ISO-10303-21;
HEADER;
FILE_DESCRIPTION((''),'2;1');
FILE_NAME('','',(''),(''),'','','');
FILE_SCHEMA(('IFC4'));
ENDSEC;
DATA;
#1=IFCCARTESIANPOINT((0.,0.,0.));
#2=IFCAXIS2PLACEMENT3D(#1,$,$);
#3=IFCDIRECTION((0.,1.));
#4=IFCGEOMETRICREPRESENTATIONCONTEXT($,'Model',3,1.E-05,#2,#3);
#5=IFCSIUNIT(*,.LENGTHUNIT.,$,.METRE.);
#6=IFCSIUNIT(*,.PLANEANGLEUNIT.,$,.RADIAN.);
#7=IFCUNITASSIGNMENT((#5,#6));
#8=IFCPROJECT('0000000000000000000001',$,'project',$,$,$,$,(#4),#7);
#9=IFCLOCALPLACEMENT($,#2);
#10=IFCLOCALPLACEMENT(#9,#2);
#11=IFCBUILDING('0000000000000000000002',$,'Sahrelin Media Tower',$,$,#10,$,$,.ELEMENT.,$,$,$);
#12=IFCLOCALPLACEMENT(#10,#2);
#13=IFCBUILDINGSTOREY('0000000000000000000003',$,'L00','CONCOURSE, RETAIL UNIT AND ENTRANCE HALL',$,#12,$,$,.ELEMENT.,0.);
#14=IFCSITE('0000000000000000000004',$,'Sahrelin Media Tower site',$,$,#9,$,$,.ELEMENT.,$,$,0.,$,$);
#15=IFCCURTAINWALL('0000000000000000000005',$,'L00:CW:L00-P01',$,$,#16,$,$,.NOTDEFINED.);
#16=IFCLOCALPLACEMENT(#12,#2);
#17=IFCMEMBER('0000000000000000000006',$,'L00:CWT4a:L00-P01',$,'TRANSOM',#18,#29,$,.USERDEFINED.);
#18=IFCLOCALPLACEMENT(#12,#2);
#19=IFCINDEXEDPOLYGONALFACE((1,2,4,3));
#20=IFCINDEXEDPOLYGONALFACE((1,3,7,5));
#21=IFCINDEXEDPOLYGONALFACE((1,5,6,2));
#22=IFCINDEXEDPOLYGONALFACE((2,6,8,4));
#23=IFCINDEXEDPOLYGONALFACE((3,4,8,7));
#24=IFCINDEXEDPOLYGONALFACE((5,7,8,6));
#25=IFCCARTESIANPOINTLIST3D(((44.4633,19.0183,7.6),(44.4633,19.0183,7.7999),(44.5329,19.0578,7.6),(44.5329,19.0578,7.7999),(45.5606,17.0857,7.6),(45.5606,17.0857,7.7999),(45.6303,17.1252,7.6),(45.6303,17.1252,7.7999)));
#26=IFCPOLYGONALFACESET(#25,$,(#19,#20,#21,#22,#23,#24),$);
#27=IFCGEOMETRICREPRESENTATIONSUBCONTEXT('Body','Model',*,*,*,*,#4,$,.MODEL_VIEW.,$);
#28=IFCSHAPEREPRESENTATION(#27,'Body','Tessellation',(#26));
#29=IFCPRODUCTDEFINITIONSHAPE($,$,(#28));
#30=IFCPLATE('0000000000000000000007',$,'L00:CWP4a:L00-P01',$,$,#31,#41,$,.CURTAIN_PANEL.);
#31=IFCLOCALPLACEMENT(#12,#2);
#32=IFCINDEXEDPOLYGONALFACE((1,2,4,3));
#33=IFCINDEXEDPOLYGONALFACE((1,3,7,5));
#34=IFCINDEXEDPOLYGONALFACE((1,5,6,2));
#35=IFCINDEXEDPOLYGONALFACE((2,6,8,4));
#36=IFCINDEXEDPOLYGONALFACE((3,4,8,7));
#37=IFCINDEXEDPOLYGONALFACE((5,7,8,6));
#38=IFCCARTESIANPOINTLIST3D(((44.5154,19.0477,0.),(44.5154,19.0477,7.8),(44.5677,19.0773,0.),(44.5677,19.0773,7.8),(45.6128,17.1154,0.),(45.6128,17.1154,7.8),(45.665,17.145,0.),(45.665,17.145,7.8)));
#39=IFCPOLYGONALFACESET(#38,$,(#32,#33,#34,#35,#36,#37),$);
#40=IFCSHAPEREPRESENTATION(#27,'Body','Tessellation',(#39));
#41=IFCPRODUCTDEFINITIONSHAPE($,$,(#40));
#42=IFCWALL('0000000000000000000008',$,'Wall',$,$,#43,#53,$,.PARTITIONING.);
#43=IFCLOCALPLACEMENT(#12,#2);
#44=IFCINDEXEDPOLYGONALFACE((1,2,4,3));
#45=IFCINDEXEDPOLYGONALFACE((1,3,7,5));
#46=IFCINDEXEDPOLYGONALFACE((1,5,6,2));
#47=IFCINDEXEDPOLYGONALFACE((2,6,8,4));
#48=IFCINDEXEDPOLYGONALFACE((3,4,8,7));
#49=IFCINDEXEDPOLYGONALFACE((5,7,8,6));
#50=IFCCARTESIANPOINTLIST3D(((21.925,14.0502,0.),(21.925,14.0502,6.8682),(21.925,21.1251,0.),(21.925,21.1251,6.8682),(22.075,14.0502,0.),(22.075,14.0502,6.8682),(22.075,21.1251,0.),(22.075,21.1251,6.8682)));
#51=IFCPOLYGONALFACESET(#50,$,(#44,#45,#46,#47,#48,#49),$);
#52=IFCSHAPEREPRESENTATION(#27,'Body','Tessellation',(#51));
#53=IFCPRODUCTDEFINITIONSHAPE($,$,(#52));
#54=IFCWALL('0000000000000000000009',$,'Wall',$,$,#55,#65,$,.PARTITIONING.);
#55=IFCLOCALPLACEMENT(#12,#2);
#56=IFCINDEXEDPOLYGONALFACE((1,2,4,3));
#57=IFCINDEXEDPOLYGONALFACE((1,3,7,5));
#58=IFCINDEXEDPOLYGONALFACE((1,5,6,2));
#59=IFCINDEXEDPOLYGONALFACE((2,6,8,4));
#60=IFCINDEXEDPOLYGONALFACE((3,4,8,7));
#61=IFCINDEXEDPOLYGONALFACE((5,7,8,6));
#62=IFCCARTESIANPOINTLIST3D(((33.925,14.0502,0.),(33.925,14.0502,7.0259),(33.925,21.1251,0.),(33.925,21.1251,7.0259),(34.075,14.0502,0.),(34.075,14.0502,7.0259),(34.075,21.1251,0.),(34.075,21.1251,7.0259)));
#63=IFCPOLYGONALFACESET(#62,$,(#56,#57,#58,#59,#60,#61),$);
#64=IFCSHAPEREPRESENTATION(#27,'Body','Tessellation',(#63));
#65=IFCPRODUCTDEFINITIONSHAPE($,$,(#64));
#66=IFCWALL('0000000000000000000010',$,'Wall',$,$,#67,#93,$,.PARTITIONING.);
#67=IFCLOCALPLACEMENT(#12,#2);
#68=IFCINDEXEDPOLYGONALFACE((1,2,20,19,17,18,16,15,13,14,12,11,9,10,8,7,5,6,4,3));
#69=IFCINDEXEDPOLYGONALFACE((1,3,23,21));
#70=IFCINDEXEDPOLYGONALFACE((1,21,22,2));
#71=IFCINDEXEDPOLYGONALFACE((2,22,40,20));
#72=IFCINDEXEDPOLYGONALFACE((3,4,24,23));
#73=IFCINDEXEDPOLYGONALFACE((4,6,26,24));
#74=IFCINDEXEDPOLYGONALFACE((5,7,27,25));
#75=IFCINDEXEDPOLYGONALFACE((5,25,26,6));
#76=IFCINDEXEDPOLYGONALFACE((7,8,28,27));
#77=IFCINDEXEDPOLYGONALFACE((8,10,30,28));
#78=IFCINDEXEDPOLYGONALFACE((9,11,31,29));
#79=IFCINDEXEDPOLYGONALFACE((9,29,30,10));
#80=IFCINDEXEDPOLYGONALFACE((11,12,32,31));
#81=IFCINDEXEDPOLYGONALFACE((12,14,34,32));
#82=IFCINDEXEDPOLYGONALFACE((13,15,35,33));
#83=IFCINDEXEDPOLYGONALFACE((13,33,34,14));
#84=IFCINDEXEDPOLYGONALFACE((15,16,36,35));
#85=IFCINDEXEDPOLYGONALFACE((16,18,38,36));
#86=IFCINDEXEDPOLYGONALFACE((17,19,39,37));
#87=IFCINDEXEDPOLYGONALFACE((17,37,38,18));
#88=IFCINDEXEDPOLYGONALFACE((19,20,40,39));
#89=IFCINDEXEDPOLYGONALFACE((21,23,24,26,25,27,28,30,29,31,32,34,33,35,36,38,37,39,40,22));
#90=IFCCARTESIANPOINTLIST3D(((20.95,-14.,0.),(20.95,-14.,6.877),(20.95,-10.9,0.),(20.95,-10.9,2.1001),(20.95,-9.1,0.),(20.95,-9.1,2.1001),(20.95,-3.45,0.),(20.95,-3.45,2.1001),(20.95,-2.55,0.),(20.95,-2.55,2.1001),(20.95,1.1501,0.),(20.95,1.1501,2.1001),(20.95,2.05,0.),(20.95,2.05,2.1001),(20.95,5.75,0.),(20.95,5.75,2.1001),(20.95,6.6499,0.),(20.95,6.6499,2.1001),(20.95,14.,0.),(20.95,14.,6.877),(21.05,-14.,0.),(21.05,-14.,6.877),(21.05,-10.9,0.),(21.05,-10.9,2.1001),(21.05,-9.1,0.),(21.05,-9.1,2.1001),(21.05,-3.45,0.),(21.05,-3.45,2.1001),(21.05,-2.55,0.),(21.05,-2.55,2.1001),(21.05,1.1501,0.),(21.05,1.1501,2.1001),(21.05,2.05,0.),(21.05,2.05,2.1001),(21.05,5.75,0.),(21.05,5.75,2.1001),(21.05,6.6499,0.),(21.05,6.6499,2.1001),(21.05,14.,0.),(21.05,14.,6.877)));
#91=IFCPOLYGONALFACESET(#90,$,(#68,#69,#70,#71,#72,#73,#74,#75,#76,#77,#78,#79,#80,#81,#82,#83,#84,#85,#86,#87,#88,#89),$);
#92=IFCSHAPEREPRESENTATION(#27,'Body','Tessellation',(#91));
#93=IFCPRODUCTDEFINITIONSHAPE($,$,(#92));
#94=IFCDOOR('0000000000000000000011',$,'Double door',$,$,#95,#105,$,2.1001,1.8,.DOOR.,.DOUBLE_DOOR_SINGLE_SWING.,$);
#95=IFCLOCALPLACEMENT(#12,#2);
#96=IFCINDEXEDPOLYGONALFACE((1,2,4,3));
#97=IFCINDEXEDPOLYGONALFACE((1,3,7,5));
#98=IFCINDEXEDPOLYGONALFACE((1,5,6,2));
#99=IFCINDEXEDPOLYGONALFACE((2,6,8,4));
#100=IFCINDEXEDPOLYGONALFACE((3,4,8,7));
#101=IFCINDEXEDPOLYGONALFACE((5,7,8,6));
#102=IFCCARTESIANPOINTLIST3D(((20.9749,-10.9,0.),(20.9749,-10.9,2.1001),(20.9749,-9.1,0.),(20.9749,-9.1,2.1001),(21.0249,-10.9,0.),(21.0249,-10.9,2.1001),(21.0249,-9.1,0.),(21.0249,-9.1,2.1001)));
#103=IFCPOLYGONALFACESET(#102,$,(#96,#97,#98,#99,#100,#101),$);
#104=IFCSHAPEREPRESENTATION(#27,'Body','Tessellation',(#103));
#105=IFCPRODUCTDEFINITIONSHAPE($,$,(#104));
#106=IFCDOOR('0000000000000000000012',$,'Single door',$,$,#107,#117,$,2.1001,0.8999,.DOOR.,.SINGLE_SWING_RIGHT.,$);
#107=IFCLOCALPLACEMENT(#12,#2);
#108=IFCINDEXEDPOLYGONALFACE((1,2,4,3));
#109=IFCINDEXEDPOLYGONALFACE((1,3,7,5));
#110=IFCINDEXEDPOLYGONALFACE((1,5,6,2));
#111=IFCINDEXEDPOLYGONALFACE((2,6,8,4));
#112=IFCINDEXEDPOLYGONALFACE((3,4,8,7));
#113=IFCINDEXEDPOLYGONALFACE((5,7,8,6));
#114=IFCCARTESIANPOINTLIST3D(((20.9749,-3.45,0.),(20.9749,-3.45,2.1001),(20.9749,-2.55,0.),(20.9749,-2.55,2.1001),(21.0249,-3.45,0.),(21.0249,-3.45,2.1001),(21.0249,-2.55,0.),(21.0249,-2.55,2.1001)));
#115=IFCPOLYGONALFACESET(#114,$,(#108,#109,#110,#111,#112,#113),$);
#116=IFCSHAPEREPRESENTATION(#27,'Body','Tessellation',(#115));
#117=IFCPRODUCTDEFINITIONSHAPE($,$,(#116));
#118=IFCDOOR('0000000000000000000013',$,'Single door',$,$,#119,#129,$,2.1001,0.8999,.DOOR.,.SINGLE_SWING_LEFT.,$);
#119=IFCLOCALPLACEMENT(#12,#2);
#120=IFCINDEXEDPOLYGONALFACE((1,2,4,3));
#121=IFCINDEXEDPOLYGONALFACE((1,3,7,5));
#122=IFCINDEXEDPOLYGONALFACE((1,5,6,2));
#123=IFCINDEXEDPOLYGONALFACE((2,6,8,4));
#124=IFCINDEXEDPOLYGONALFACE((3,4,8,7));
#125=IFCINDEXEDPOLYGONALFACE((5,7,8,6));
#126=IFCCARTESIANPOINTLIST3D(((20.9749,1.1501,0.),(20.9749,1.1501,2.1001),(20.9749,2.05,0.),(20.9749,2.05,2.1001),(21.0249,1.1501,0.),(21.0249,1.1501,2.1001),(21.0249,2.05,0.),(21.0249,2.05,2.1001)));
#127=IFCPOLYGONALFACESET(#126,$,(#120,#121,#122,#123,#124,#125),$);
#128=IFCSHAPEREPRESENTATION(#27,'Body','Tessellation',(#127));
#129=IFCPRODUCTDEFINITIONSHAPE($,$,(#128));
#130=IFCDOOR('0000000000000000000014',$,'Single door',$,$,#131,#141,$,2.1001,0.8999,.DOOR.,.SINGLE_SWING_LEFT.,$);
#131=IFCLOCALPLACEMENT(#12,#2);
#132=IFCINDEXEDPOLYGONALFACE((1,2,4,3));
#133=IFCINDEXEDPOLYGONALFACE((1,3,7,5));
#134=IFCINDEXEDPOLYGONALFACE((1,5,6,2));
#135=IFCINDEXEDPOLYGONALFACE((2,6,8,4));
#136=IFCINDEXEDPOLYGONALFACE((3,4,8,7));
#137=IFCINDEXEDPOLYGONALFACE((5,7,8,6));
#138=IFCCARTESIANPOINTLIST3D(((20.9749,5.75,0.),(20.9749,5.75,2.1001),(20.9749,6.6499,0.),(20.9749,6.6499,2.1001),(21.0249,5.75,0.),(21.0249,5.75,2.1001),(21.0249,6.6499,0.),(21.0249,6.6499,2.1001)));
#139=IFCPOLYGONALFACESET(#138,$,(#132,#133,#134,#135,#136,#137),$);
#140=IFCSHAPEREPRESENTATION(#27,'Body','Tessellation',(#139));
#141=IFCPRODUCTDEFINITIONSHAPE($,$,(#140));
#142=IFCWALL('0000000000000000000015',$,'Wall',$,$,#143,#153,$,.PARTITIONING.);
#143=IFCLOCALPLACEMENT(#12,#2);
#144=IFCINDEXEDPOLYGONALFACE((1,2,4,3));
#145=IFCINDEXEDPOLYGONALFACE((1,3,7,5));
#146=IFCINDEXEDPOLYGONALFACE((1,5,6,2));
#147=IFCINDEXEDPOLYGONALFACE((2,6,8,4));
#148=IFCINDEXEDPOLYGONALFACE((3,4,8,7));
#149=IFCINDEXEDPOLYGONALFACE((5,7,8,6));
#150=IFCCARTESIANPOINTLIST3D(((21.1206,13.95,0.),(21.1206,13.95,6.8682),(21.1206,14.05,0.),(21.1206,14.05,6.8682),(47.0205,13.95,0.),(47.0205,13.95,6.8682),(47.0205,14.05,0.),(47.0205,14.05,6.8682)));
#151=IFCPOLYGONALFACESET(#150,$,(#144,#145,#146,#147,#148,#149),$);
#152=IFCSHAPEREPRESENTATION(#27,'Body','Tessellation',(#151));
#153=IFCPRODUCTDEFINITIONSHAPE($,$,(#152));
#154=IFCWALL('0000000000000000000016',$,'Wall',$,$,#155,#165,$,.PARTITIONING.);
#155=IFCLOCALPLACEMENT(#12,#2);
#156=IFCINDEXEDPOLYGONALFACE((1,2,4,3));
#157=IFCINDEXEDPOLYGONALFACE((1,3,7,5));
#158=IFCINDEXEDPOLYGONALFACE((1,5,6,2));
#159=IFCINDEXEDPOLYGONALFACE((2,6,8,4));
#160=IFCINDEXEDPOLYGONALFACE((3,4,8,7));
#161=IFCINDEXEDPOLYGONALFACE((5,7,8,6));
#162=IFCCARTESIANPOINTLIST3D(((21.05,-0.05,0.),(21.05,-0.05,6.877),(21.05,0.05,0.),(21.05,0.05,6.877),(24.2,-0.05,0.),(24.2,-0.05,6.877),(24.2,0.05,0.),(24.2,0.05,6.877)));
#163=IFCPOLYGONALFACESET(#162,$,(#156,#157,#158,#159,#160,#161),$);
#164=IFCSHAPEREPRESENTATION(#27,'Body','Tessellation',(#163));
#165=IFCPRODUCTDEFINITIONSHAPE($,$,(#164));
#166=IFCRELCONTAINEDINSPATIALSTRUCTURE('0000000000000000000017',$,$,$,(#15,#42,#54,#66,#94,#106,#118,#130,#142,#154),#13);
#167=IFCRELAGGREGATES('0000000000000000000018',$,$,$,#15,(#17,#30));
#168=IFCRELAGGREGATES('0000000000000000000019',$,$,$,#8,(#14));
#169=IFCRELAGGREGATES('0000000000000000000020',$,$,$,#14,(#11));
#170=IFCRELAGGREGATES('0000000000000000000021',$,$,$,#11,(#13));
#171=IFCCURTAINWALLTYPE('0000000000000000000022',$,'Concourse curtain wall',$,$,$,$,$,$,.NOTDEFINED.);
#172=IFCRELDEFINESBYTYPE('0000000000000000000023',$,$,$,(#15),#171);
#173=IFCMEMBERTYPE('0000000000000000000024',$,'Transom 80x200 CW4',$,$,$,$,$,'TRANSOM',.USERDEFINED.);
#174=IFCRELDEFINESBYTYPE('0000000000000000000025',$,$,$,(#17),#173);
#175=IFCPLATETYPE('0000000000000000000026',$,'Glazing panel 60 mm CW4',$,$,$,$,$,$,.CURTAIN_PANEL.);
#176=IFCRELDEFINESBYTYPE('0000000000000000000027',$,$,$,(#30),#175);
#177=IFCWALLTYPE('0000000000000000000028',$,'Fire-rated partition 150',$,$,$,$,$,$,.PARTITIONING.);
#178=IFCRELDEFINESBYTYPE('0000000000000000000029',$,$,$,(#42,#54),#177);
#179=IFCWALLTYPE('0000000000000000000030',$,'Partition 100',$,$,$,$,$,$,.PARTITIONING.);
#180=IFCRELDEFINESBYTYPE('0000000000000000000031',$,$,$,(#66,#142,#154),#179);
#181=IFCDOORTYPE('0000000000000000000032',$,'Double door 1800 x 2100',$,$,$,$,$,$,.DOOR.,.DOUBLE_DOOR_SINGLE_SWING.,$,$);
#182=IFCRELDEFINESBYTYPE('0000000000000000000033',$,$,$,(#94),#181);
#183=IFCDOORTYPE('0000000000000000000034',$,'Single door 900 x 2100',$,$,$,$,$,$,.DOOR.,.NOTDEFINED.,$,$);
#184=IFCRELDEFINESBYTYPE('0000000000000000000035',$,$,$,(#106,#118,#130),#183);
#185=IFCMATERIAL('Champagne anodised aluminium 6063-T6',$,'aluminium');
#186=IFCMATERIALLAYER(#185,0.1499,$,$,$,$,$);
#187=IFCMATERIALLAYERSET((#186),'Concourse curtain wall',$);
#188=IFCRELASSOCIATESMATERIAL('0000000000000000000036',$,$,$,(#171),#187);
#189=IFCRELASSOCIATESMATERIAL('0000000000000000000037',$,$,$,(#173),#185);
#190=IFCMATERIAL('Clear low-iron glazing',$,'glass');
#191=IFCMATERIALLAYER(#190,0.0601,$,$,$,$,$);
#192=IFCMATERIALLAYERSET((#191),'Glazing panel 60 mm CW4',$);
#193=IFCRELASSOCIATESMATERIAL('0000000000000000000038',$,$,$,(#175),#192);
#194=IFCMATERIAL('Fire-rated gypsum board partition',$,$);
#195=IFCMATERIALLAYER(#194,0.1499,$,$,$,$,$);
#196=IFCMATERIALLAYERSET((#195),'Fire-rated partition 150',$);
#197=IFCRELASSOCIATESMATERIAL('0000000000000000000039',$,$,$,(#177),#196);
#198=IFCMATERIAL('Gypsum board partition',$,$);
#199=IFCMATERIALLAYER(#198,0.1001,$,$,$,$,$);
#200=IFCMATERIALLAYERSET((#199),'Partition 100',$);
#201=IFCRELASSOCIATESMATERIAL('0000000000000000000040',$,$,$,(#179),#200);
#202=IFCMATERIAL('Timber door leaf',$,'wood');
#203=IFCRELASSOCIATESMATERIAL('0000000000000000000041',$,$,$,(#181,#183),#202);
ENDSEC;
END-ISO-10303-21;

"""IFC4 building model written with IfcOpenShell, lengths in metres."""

from ifc_helpers import new_model, si_unit, direction, frame, frame_2d, origin, origin_2d, place, context, subcontext, project, spatial, polyline, rectangle, outline, extrude, material, layer, layer_set, material_profile, profile_set, type_object, element, fill, aggregate, save


model = new_model("IFC4")

# Units and contexts
model_context = context("Model", 3, precision=1e-05, world=origin(), true_north=direction((0.0, 1.0)))
body_context = subcontext(model_context, "Body", "Model", "MODEL_VIEW")
ifc_project = project(units=[si_unit("LENGTHUNIT", "METRE"), si_unit("PLANEANGLEUNIT", "RADIAN")], contexts=[model_context])

# Site, building, storey
site_placement = place(None, origin())
site = spatial("IfcSite", under=ifc_project, at=site_placement, Name="Sahrelin Media Tower site", CompositionType="ELEMENT", RefElevation=0.0)
building_placement = place(site_placement, origin())
building = spatial("IfcBuilding", under=site, at=building_placement, Name="Sahrelin Media Tower", CompositionType="ELEMENT")
storey_placement = place(building_placement, origin())
storey = spatial("IfcBuildingStorey", under=building, at=storey_placement, Name="L00", Description="CONCOURSE, RETAIL UNIT AND ENTRANCE HALL", CompositionType="ELEMENT", Elevation=0.0)

# Curtain wall
ifc_material_1 = material(Name="Champagne anodised aluminium 6063-T6", Category="aluminium")
ifc_layer_1 = layer(ifc_material_1, 0.1499)
ifc_layer_set_1 = layer_set([ifc_layer_1], Name="Concourse curtain wall")
curtain_wall_type = type_object("IfcCurtainWallType", Name="Concourse curtain wall", PredefinedType="NOTDEFINED", material=ifc_layer_set_1)
curtain_wall_placement = place(storey_placement, frame((48.2964, 10.8704, 0.0), z_axis=(0.0, 0.0, 1.0), x_axis=(1.0, 0.0, 0.0)))
curtain_wall = element("IfcCurtainWall", 1, at=curtain_wall_placement, inside=storey, type_object=curtain_wall_type, Name="L00:CW:L00-P01", PredefinedType="NOTDEFINED")

# Member
ifc_material_profile_1 = material_profile(ifc_material_1, rectangle(XDim=0.0801, YDim=0.2, at=origin_2d()), Name="Transom 80x200")
ifc_profile_set_1 = profile_set([ifc_material_profile_1], Name="Champagne anodised aluminium 6063-T6")
member_type_1 = type_object("IfcMemberType", Name="Transom 80x200 CW4", ElementType="TRANSOM", PredefinedType="USERDEFINED", material=ifc_profile_set_1)
member_1_placement = place(storey_placement, frame((45.5955, 17.1055, 7.7), z_axis=(-0.493783, 0.869585, 0.0), x_axis=(-0.869585, -0.493783, 0.0)))
member_1 = element("IfcMember", 2, at=member_1_placement, type_object=member_type_1, Name="L00:CWT4a:L00-P01", ObjectType="TRANSOM", PredefinedType="USERDEFINED", context=body_context, shape_type="SweptSolid", body=[
    extrude(rectangle(XDim=0.0801, YDim=0.2, at=origin_2d()), origin(), (0.0, 0.0, 1.0), 2.2224),
])

# Plate
ifc_material_2 = material(Name="Clear low-iron glazing", Category="glass")
ifc_layer_2 = layer(ifc_material_2, 0.0601)
ifc_layer_set_2 = layer_set([ifc_layer_2], Name="Glazing panel 60 mm CW4")
plate_type = type_object("IfcPlateType", Name="Glazing panel 60 mm CW4", PredefinedType="CURTAIN_PANEL", material=ifc_layer_set_2)
plate_placement = place(storey_placement, frame((45.665, 17.145, 0.0), z_axis=(0.869558, 0.49383, 0.0), x_axis=(-0.49383, 0.869558, 0.0)))
plate = element("IfcPlate", 3, at=plate_placement, type_object=plate_type, Name="L00:CWP4a:L00-P01", PredefinedType="CURTAIN_PANEL", context=body_context, shape_type="SweptSolid", body=[
    extrude(outline(polyline([(0.0, 0.0), (2.2222, 0.0), (2.2222, 7.8), (0.0, 7.8), (0.0, 0.0)])), origin(), (0.0, 0.0, -1.0), 0.0601),
])
aggregate(curtain_wall, [member_1, plate])

# Walls
ifc_material_3 = material(Name="Fire-rated gypsum board partition")
ifc_layer_3 = layer(ifc_material_3, 0.1499)
ifc_layer_set_3 = layer_set([ifc_layer_3], Name="Fire-rated partition 150")
wall_type_1 = type_object("IfcWallType", Name="Fire-rated partition 150", PredefinedType="PARTITIONING", material=ifc_layer_set_3)
wall_1_placement = place(storey_placement, frame((22.0, 14.05, 0.0), z_axis=(0.0, 0.0, 1.0), x_axis=(0.0, 1.0, 0.0)))
element("IfcWall", 4, at=wall_1_placement, inside=storey, type_object=wall_type_1, Name="Wall", PredefinedType="PARTITIONING", context=body_context, shape_type="SweptSolid", body=[
    extrude(rectangle(XDim=7.075, YDim=0.1499, at=frame_2d((3.5376, 0.0))), origin(), (0.0, 0.0, 1.0), 6.8682),
])
wall_2_placement = place(storey_placement, frame((34.0, 14.05, 0.0), z_axis=(0.0, 0.0, 1.0), x_axis=(0.0, 1.0, 0.0)))
element("IfcWall", 5, at=wall_2_placement, inside=storey, type_object=wall_type_1, Name="Wall", PredefinedType="PARTITIONING", context=body_context, shape_type="SweptSolid", body=[
    extrude(rectangle(XDim=7.075, YDim=0.1499, at=frame_2d((3.5376, 0.0))), origin(), (0.0, 0.0, 1.0), 7.0259),
])

# Wall, openings, doors
ifc_material_4 = material(Name="Gypsum board partition")
ifc_layer_4 = layer(ifc_material_4, 0.1001)
ifc_layer_set_4 = layer_set([ifc_layer_4], Name="Partition 100")
wall_type_2 = type_object("IfcWallType", Name="Partition 100", PredefinedType="PARTITIONING", material=ifc_layer_set_4)
wall_3_placement = place(storey_placement, frame((21.0, 14.0, 0.0), z_axis=(0.0, 0.0, 1.0), x_axis=(0.0, -1.0, 0.0)))
wall_3 = element("IfcWall", 6, at=wall_3_placement, inside=storey, type_object=wall_type_2, Name="Wall", PredefinedType="PARTITIONING", context=body_context, shape_type="SweptSolid", body=[
    extrude(rectangle(XDim=28.0, YDim=0.1001, at=frame_2d((14.0, 0.0))), origin(), (0.0, 0.0, 1.0), 6.877),
])
opening_1_placement = place(wall_3_placement, frame((23.1001, 0.0, 0.0)))
opening_1 = element("IfcOpeningElement", 7, at=opening_1_placement, cuts=wall_3, PredefinedType="OPENING", context=body_context, shape_type="SweptSolid", body=[
    extrude(rectangle(XDim=1.8, YDim=2.1001, at=frame_2d((0.8999, 1.05))), frame((0.0, 0.05, 0.0), z_axis=(0.0, -1.0, 0.0), x_axis=(1.0, 0.0, 0.0)), (0.0, 0.0, 1.0), 0.1001),
])
opening_2_placement = place(wall_3_placement, frame((16.55, 0.0, 0.0)))
opening_2 = element("IfcOpeningElement", 8, at=opening_2_placement, cuts=wall_3, PredefinedType="OPENING", context=body_context, shape_type="SweptSolid", body=[
    extrude(rectangle(XDim=0.8999, YDim=2.1001, at=frame_2d((0.45, 1.05))), frame((0.0, 0.05, 0.0), z_axis=(0.0, -1.0, 0.0), x_axis=(1.0, 0.0, 0.0)), (0.0, 0.0, 1.0), 0.1001),
])
opening_3_placement = place(wall_3_placement, frame((11.95, 0.0, 0.0)))
opening_3 = element("IfcOpeningElement", 9, at=opening_3_placement, cuts=wall_3, PredefinedType="OPENING", context=body_context, shape_type="SweptSolid", body=[
    extrude(rectangle(XDim=0.8999, YDim=2.1001, at=frame_2d((0.45, 1.05))), frame((0.0, 0.05, 0.0), z_axis=(0.0, -1.0, 0.0), x_axis=(1.0, 0.0, 0.0)), (0.0, 0.0, 1.0), 0.1001),
])
opening_4_placement = place(wall_3_placement, frame((7.3501, 0.0, 0.0)))
opening_4 = element("IfcOpeningElement", 10, at=opening_4_placement, cuts=wall_3, PredefinedType="OPENING", context=body_context, shape_type="SweptSolid", body=[
    extrude(rectangle(XDim=0.8999, YDim=2.1001, at=frame_2d((0.45, 1.05))), frame((0.0, 0.05, 0.0), z_axis=(0.0, -1.0, 0.0), x_axis=(1.0, 0.0, 0.0)), (0.0, 0.0, 1.0), 0.1001),
])
ifc_material_5 = material(Name="Timber door leaf", Category="wood")
door_type_1 = type_object("IfcDoorType", Name="Double door 1800 x 2100", OperationType="DOUBLE_DOOR_SINGLE_SWING", PredefinedType="DOOR", material=ifc_material_5)
door_1_placement = place(opening_1_placement, origin())
door_1 = element("IfcDoor", 11, at=door_1_placement, inside=storey, type_object=door_type_1, Name="Double door", OperationType="DOUBLE_DOOR_SINGLE_SWING", OverallHeight=2.1001, OverallWidth=1.8, PredefinedType="DOOR", context=body_context, shape_type="SweptSolid", body=[
    extrude(rectangle(XDim=1.8, YDim=2.1001, at=frame_2d((0.8999, 1.05))), frame((0.0, 0.0249, 0.0), z_axis=(0.0, -1.0, 0.0), x_axis=(1.0, 0.0, 0.0)), (0.0, 0.0, 1.0), 0.05),
])
fill(opening_1, door_1)
door_type_2 = type_object("IfcDoorType", Name="Single door 900 x 2100", OperationType="NOTDEFINED", PredefinedType="DOOR", material=ifc_material_5)
door_2_placement = place(opening_2_placement, origin())
door_2 = element("IfcDoor", 12, at=door_2_placement, inside=storey, type_object=door_type_2, Name="Single door", OperationType="SINGLE_SWING_RIGHT", OverallHeight=2.1001, OverallWidth=0.8999, PredefinedType="DOOR", context=body_context, shape_type="SweptSolid", body=[
    extrude(rectangle(XDim=0.8999, YDim=2.1001, at=frame_2d((0.45, 1.05))), frame((0.0, 0.0249, 0.0), z_axis=(0.0, -1.0, 0.0), x_axis=(1.0, 0.0, 0.0)), (0.0, 0.0, 1.0), 0.05),
])
fill(opening_2, door_2)
door_3_placement = place(opening_3_placement, origin())
door_3 = element("IfcDoor", 13, at=door_3_placement, inside=storey, type_object=door_type_2, Name="Single door", OperationType="SINGLE_SWING_LEFT", OverallHeight=2.1001, OverallWidth=0.8999, PredefinedType="DOOR", context=body_context, shape_type="SweptSolid", body=[
    extrude(rectangle(XDim=0.8999, YDim=2.1001, at=frame_2d((0.45, 1.05))), frame((0.0, 0.0249, 0.0), z_axis=(0.0, -1.0, 0.0), x_axis=(1.0, 0.0, 0.0)), (0.0, 0.0, 1.0), 0.05),
])
fill(opening_3, door_3)
door_4_placement = place(opening_4_placement, origin())
door_4 = element("IfcDoor", 14, at=door_4_placement, inside=storey, type_object=door_type_2, Name="Single door", OperationType="SINGLE_SWING_LEFT", OverallHeight=2.1001, OverallWidth=0.8999, PredefinedType="DOOR", context=body_context, shape_type="SweptSolid", body=[
    extrude(rectangle(XDim=0.8999, YDim=2.1001, at=frame_2d((0.45, 1.05))), frame((0.0, 0.0249, 0.0), z_axis=(0.0, -1.0, 0.0), x_axis=(1.0, 0.0, 0.0)), (0.0, 0.0, 1.0), 0.05),
])
fill(opening_4, door_4)

# Walls
wall_4_placement = place(storey_placement, frame((21.1206, 14.0, 0.0), z_axis=(0.0, 0.0, 1.0), x_axis=(1.0, 0.0, 0.0)))
element("IfcWall", 15, at=wall_4_placement, inside=storey, type_object=wall_type_2, Name="Wall", PredefinedType="PARTITIONING", context=body_context, shape_type="SweptSolid", body=[
    extrude(rectangle(XDim=25.8999, YDim=0.1001, at=frame_2d((12.95, 0.0))), origin(), (0.0, 0.0, 1.0), 6.8682),
])
wall_5_placement = place(storey_placement, frame((21.05, 0.0, 0.0), z_axis=(0.0, 0.0, 1.0), x_axis=(1.0, 0.0, 0.0)))
element("IfcWall", 16, at=wall_5_placement, inside=storey, type_object=wall_type_2, Name="Wall", PredefinedType="PARTITIONING", context=body_context, shape_type="SweptSolid", body=[
    extrude(rectangle(XDim=3.1499, YDim=0.1001, at=frame_2d((1.575, 0.0))), origin(), (0.0, 0.0, 1.0), 6.877),
])

save(model, "model.ifc")
